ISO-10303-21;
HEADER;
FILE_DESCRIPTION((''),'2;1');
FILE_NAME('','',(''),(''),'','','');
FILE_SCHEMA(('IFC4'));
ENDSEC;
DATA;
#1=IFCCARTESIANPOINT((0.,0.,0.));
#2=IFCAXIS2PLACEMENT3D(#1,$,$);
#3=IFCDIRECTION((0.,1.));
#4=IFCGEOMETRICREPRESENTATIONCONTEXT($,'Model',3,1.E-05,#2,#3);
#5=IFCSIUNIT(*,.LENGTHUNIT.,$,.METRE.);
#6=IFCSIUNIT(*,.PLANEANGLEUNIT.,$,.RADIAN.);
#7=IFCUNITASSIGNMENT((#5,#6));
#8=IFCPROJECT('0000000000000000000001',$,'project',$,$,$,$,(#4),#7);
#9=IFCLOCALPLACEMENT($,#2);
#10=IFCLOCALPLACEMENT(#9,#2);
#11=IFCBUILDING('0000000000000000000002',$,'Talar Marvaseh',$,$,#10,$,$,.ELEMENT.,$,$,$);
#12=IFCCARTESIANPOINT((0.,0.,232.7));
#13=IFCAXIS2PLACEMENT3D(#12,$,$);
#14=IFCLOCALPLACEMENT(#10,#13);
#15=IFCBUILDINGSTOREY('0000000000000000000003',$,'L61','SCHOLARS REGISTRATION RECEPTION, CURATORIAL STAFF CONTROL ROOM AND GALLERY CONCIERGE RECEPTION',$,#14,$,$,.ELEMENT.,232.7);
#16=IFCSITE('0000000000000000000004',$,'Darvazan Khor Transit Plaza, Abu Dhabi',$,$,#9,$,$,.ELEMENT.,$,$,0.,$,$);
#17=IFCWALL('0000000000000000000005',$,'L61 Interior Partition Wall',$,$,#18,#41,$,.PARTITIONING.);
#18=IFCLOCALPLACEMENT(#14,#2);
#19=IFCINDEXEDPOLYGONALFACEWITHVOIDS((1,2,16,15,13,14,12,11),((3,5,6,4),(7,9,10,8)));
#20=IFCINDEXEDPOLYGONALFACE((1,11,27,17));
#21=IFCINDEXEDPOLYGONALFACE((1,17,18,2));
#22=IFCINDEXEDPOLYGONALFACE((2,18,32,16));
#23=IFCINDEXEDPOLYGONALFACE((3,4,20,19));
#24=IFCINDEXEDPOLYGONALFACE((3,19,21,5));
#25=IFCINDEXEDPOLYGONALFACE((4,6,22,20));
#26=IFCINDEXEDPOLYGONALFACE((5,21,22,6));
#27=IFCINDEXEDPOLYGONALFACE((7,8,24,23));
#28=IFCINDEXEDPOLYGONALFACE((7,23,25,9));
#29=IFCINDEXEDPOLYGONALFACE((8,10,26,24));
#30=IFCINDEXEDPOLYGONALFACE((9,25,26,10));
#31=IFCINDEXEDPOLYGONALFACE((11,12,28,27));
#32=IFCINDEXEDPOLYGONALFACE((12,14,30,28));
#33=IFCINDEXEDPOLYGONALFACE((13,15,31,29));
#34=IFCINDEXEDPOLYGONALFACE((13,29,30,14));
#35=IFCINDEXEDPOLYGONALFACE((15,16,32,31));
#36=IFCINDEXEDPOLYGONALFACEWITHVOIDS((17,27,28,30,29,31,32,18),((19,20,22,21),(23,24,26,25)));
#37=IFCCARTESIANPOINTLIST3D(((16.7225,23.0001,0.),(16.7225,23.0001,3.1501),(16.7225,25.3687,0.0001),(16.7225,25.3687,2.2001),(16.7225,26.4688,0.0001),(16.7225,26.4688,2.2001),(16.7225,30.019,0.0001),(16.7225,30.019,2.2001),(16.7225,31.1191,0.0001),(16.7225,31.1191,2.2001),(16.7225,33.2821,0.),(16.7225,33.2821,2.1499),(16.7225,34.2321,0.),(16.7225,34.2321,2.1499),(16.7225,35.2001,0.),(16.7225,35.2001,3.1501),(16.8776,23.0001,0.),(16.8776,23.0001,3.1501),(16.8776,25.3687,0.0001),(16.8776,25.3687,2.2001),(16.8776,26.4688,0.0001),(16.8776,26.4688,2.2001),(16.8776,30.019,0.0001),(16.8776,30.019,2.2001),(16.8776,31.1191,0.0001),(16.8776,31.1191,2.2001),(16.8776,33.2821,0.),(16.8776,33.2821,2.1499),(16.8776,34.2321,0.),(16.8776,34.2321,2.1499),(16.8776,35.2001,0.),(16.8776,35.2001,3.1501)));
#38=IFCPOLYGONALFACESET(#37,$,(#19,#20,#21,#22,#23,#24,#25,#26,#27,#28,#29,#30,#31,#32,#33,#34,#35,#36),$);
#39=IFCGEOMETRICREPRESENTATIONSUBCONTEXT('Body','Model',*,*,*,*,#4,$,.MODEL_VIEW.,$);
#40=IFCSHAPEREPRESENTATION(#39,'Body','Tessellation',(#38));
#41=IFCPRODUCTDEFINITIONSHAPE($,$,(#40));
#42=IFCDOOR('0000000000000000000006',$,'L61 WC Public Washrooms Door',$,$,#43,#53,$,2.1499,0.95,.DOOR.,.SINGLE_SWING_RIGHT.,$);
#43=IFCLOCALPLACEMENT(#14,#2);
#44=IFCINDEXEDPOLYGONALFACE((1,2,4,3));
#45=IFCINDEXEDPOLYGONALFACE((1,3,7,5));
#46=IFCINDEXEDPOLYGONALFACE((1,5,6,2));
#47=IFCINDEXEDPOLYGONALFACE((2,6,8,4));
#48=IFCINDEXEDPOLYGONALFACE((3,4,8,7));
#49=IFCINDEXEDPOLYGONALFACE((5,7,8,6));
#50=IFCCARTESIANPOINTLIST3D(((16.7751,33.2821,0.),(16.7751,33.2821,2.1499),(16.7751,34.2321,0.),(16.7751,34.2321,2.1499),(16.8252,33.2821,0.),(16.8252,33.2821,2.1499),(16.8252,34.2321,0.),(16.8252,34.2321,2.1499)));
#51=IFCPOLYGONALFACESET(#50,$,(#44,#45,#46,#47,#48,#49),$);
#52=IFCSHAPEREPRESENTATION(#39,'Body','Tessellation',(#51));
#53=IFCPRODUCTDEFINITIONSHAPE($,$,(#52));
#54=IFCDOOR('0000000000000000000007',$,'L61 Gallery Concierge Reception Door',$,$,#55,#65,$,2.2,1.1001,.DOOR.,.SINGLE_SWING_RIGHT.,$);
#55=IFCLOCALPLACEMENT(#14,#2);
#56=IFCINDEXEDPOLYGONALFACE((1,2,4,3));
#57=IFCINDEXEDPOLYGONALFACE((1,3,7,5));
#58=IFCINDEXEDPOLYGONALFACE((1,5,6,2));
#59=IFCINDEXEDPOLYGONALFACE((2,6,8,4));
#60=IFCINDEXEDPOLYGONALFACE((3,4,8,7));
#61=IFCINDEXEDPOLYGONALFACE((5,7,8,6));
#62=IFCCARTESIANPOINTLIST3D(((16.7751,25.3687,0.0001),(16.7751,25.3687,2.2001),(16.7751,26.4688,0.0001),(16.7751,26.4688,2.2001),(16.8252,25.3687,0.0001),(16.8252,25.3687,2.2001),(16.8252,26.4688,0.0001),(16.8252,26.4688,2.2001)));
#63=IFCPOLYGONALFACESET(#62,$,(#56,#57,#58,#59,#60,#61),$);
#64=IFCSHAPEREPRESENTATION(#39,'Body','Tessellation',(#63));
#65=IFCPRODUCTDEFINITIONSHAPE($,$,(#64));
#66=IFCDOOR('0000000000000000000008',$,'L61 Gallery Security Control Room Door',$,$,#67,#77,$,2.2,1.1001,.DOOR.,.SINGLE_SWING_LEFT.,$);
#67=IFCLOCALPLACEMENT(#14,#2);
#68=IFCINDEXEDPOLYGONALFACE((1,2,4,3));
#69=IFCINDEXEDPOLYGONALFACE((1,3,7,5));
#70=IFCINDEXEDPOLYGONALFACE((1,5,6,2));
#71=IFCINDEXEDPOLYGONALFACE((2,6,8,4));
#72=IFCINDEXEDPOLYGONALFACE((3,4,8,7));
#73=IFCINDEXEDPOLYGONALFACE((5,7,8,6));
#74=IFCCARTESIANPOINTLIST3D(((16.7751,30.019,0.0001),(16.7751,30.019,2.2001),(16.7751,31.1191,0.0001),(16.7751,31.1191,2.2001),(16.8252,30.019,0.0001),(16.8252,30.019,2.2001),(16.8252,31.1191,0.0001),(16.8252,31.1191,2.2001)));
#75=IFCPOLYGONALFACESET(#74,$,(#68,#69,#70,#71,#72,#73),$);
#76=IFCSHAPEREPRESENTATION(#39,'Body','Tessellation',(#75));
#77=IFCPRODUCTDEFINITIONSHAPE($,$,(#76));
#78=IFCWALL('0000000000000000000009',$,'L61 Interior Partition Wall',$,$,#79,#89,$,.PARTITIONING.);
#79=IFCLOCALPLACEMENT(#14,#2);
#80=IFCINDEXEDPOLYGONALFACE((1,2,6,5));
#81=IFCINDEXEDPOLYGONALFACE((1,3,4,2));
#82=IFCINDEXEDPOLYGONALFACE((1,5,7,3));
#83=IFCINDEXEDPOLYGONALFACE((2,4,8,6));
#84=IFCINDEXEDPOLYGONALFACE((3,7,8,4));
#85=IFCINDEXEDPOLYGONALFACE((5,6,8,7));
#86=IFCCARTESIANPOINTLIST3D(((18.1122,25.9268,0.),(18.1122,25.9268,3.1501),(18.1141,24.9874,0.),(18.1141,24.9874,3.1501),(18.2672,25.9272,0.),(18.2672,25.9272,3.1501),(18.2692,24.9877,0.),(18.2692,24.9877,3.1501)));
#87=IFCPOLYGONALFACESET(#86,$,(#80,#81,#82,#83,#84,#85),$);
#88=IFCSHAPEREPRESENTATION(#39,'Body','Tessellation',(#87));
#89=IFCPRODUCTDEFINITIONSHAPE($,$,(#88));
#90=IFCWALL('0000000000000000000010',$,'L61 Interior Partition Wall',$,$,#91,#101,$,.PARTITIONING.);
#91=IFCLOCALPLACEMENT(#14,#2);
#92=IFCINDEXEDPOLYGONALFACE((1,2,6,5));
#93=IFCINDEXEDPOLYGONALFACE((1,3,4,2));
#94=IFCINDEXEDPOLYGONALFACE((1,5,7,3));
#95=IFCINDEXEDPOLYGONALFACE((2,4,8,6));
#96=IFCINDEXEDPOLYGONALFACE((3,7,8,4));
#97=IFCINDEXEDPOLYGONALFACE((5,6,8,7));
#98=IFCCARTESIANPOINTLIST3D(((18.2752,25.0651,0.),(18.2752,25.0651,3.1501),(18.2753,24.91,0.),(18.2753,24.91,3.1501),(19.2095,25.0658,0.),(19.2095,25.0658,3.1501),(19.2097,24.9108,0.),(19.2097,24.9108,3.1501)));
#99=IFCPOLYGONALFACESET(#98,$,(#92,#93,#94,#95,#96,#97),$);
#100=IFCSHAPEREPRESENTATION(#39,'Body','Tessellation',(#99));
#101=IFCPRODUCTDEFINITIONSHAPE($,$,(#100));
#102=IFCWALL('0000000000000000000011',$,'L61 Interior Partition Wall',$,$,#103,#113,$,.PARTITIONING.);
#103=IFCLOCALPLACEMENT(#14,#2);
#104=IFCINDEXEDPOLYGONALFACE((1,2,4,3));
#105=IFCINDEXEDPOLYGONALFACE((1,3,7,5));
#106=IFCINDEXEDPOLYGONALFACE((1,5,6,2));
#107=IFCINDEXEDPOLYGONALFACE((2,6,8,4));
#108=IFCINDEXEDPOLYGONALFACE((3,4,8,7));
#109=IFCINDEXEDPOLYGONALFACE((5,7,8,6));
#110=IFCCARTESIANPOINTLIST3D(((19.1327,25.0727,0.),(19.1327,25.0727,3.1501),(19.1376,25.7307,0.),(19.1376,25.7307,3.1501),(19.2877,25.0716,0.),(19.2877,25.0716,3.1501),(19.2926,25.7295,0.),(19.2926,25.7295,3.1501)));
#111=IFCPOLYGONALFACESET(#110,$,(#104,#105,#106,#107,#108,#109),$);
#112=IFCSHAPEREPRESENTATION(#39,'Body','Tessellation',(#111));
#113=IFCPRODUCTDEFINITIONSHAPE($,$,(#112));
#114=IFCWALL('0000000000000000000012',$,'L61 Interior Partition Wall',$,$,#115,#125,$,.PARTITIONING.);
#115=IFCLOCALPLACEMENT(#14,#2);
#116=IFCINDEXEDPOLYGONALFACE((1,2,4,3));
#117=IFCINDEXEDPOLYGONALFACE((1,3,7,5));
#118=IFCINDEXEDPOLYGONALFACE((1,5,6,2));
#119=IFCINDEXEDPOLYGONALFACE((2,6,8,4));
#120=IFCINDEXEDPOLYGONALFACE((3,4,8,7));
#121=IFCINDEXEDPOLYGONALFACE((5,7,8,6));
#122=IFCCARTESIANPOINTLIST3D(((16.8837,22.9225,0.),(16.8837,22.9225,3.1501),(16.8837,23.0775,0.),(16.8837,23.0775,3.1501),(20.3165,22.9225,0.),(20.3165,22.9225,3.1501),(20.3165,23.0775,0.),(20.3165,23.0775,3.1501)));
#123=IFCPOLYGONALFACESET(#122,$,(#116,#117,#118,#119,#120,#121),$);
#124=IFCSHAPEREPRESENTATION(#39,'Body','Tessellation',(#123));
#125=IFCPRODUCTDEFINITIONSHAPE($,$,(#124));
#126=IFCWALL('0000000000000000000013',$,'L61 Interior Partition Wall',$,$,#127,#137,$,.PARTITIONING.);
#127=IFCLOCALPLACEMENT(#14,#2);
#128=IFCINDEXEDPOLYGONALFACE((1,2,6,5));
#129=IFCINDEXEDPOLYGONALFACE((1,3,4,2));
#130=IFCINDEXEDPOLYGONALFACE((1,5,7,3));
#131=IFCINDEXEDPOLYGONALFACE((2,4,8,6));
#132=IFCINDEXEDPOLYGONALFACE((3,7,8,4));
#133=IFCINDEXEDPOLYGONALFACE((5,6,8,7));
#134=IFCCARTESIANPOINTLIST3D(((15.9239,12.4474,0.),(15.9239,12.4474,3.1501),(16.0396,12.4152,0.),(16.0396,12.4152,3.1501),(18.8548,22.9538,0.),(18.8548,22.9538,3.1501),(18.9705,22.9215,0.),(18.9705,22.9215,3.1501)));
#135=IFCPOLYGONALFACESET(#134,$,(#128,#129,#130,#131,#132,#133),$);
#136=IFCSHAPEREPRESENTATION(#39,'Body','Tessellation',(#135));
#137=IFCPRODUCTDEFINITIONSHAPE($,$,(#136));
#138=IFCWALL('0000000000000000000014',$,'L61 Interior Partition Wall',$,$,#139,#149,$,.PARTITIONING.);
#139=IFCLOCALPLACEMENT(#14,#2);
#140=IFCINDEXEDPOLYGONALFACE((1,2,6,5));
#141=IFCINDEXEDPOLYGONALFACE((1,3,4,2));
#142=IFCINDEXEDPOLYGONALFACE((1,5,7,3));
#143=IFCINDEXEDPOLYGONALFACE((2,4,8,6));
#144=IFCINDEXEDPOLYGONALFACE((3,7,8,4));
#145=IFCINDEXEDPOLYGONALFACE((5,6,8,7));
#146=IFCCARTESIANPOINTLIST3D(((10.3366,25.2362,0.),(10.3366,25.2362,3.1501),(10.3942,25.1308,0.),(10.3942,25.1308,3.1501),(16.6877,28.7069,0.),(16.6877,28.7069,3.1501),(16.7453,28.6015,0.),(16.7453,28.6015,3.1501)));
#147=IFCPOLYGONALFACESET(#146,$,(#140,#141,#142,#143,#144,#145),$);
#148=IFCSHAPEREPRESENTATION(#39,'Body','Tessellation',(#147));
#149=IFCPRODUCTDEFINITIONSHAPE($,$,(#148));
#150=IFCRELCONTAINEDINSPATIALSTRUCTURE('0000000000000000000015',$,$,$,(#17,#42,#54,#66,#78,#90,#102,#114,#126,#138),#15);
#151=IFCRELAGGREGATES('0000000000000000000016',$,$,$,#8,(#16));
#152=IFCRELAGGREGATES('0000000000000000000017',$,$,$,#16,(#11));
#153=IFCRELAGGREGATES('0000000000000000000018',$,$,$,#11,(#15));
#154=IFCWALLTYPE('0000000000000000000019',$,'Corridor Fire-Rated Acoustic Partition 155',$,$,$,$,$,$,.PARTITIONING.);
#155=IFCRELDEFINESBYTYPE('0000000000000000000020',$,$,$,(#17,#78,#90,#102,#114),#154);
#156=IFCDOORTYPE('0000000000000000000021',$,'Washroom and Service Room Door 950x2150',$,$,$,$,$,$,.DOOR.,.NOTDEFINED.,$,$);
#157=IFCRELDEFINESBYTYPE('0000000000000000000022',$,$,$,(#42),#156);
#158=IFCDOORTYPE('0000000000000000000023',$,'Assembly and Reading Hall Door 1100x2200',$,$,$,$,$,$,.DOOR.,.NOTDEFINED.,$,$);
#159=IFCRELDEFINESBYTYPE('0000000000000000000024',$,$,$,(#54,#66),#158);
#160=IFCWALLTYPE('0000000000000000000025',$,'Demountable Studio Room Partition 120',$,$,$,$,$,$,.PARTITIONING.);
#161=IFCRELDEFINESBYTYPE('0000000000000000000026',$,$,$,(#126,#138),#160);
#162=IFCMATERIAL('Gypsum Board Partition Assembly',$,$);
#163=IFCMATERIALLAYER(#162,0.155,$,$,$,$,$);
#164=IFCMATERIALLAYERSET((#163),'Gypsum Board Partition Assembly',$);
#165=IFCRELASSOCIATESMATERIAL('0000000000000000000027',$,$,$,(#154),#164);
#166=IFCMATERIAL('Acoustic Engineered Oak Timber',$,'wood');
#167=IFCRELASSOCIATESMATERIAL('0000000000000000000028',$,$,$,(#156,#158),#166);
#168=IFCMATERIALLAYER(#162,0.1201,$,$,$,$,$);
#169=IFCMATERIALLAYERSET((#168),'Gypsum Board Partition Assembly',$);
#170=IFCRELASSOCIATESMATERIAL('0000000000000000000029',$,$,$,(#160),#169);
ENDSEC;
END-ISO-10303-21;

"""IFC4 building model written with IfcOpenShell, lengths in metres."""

from ifc_helpers import new_model, si_unit, direction, frame, frame_2d, origin, place, context, subcontext, project, spatial, rectangle, extrude, source, transform, mapped, material, layer, layer_set, type_object, type_shapes, element, fill, save


model = new_model("IFC4")

# Units and contexts
model_context = context("Model", 3, precision=1e-05, world=origin(), true_north=direction((0.0, 1.0)))
body_context = subcontext(model_context, "Body", "Model", "MODEL_VIEW")
ifc_project = project(units=[si_unit("LENGTHUNIT", "METRE"), si_unit("PLANEANGLEUNIT", "RADIAN")], contexts=[model_context])

# Site, building, storey
site_placement = place(None, origin())
site = spatial("IfcSite", under=ifc_project, at=site_placement, Name="Darvazan Khor Transit Plaza, Abu Dhabi", CompositionType="ELEMENT", RefElevation=0.0)
building_placement = place(site_placement, origin())
building = spatial("IfcBuilding", under=site, at=building_placement, Name="Talar Marvaseh", CompositionType="ELEMENT")
storey_placement = place(building_placement, frame((0.0, 0.0, 232.7)))
storey = spatial("IfcBuildingStorey", under=building, at=storey_placement, Name="L61", Description="SCHOLARS REGISTRATION RECEPTION, CURATORIAL STAFF CONTROL ROOM AND GALLERY CONCIERGE RECEPTION", CompositionType="ELEMENT", Elevation=232.7)

# Wall, openings, doors
ifc_material_1 = material(Name="Gypsum Board Partition Assembly")
ifc_layer_1 = layer(ifc_material_1, 0.155)
ifc_layer_set_1 = layer_set([ifc_layer_1], Name="Gypsum Board Partition Assembly")
wall_type_1 = type_object("IfcWallType", Name="Corridor Fire-Rated Acoustic Partition 155", PredefinedType="PARTITIONING", material=ifc_layer_set_1)
wall_1_placement = place(storey_placement, frame((16.8, 23.0, 0.0), z_axis=(0.0, 0.0, 1.0), x_axis=(0.0, 1.0, 0.0)))
wall_1 = element("IfcWall", 1, at=wall_1_placement, inside=storey, type_object=wall_type_1, Name="L61 Interior Partition Wall", PredefinedType="PARTITIONING", context=body_context, shape_type="SweptSolid", body=[
    extrude(rectangle(XDim=12.2, YDim=0.155, at=frame_2d((6.1001, 0.0))), origin(), (0.0, 0.0, 1.0), 3.1501),
])
opening_1_placement = place(wall_1_placement, frame((2.3687, 0.0, 0.0)))
opening_1 = element("IfcOpeningElement", 2, at=opening_1_placement, cuts=wall_1, PredefinedType="OPENING", context=body_context, shape_type="SweptSolid", body=[
    extrude(rectangle(XDim=1.1001, YDim=2.2, at=frame_2d((0.55, 1.1001))), frame((0.0, 0.0874, 0.0), z_axis=(0.0, -1.0, 0.0), x_axis=(1.0, 0.0, 0.0)), (0.0, 0.0, 1.0), 0.175),
])
opening_2_placement = place(wall_1_placement, frame((10.282, 0.0, 0.0)))
opening_2 = element("IfcOpeningElement", 3, at=opening_2_placement, cuts=wall_1, PredefinedType="OPENING", context=body_context, shape_type="SweptSolid", body=[
    extrude(rectangle(XDim=0.95, YDim=2.1499, at=frame_2d((0.4751, 1.075))), frame((0.0, 0.0874, 0.0), z_axis=(0.0, -1.0, 0.0), x_axis=(1.0, 0.0, 0.0)), (0.0, 0.0, 1.0), 0.175),
])
opening_3_placement = place(wall_1_placement, frame((7.019, 0.0, 0.0)))
opening_3 = element("IfcOpeningElement", 4, at=opening_3_placement, cuts=wall_1, PredefinedType="OPENING", context=body_context, shape_type="SweptSolid", body=[
    extrude(rectangle(XDim=1.1001, YDim=2.2, at=frame_2d((0.55, 1.1001))), frame((0.0, 0.0874, 0.0), z_axis=(0.0, -1.0, 0.0), x_axis=(1.0, 0.0, 0.0)), (0.0, 0.0, 1.0), 0.175),
])
ifc_material_2 = material(Name="Acoustic Engineered Oak Timber", Category="wood")
door_type_1 = type_object("IfcDoorType", Name="Washroom and Service Room Door 950x2150", OperationType="NOTDEFINED", PredefinedType="DOOR", material=ifc_material_2)
shared_shape_1 = source(origin(), body_context, "Body", "SweptSolid", [
    extrude(rectangle(XDim=0.95, YDim=2.1499, at=frame_2d((0.4751, 1.075))), frame((0.0, 0.0249, 0.0), z_axis=(0.0, -1.0, 0.0), x_axis=(1.0, 0.0, 0.0)), (0.0, 0.0, 1.0), 0.05),
])
type_shapes(door_type_1, [shared_shape_1])
door_1_placement = place(opening_2_placement, origin())
door_1 = element("IfcDoor", 5, at=door_1_placement, inside=storey, type_object=door_type_1, Name="L61 WC Public Washrooms Door", OperationType="SINGLE_SWING_RIGHT", OverallHeight=2.1499, OverallWidth=0.95, PredefinedType="DOOR", context=body_context, shape_type="MappedRepresentation", body=[
    mapped(shared_shape_1, transform((0.0, 0.0, 0.0), x_axis=(1.0, 0.0, 0.0), y_axis=(0.0, 1.0, 0.0), z_axis=(0.0, 0.0, 1.0), scale=1.0)),
])
fill(opening_2, door_1)
door_type_2 = type_object("IfcDoorType", Name="Assembly and Reading Hall Door 1100x2200", OperationType="NOTDEFINED", PredefinedType="DOOR", material=ifc_material_2)
shared_shape_2 = source(origin(), body_context, "Body", "SweptSolid", [
    extrude(rectangle(XDim=1.1001, YDim=2.2, at=frame_2d((0.55, 1.1001))), frame((0.0, 0.0249, 0.0), z_axis=(0.0, -1.0, 0.0), x_axis=(1.0, 0.0, 0.0)), (0.0, 0.0, 1.0), 0.05),
])
type_shapes(door_type_2, [shared_shape_2])
door_2_placement = place(opening_1_placement, origin())
door_2 = element("IfcDoor", 6, at=door_2_placement, inside=storey, type_object=door_type_2, Name="L61 Gallery Concierge Reception Door", OperationType="SINGLE_SWING_RIGHT", OverallHeight=2.2, OverallWidth=1.1001, PredefinedType="DOOR", context=body_context, shape_type="MappedRepresentation", body=[
    mapped(shared_shape_2, transform((0.0, 0.0, 0.0), x_axis=(1.0, 0.0, 0.0), y_axis=(0.0, 1.0, 0.0), z_axis=(0.0, 0.0, 1.0), scale=1.0)),
])
fill(opening_1, door_2)
door_3_placement = place(opening_3_placement, origin())
door_3 = element("IfcDoor", 7, at=door_3_placement, inside=storey, type_object=door_type_2, Name="L61 Gallery Security Control Room Door", OperationType="SINGLE_SWING_LEFT", OverallHeight=2.2, OverallWidth=1.1001, PredefinedType="DOOR", context=body_context, shape_type="MappedRepresentation", body=[
    mapped(shared_shape_2, transform((0.0, 0.0, 0.0), x_axis=(1.0, 0.0, 0.0), y_axis=(0.0, 1.0, 0.0), z_axis=(0.0, 0.0, 1.0), scale=1.0)),
])
fill(opening_3, door_3)

# Walls
wall_2_placement = place(storey_placement, frame((18.1897, 25.927, 0.0), z_axis=(0.0, 0.0, 1.0), x_axis=(0.002079, -0.999998, 0.0)))
element("IfcWall", 8, at=wall_2_placement, inside=storey, type_object=wall_type_1, Name="L61 Interior Partition Wall", PredefinedType="PARTITIONING", context=body_context, shape_type="SweptSolid", body=[
    extrude(rectangle(XDim=0.9395, YDim=0.155, at=frame_2d((0.4697, 0.0))), origin(), (0.0, 0.0, 1.0), 3.1501),
])
wall_3_placement = place(storey_placement, frame((18.2751, 24.9875, 0.0), z_axis=(0.0, 0.0, 1.0), x_axis=(1.0, 0.000784, 0.0)))
element("IfcWall", 9, at=wall_3_placement, inside=storey, type_object=wall_type_1, Name="L61 Interior Partition Wall", PredefinedType="PARTITIONING", context=body_context, shape_type="SweptSolid", body=[
    extrude(rectangle(XDim=0.9343, YDim=0.155, at=frame_2d((0.4673, 0.0))), origin(), (0.0, 0.0, 1.0), 3.1501),
])
wall_4_placement = place(storey_placement, frame((19.2102, 25.072, 0.0), z_axis=(0.0, 0.0, 1.0), x_axis=(0.007421, 0.999972, 0.0)))
element("IfcWall", 10, at=wall_4_placement, inside=storey, type_object=wall_type_1, Name="L61 Interior Partition Wall", PredefinedType="PARTITIONING", context=body_context, shape_type="SweptSolid", body=[
    extrude(rectangle(XDim=0.658, YDim=0.155, at=frame_2d((0.3291, 0.0))), origin(), (0.0, 0.0, 1.0), 3.1501),
])
wall_5_placement = place(storey_placement, frame((20.3164, 23.0, 0.0), z_axis=(0.0, 0.0, 1.0), x_axis=(-1.0, 0.0, 0.0)))
element("IfcWall", 11, at=wall_5_placement, inside=storey, type_object=wall_type_1, Name="L61 Interior Partition Wall", PredefinedType="PARTITIONING", context=body_context, shape_type="SweptSolid", body=[
    extrude(rectangle(XDim=3.4329, YDim=0.155, at=frame_2d((1.7163, 0.0))), origin(), (0.0, 0.0, 1.0), 3.1501),
])
ifc_layer_2 = layer(ifc_material_1, 0.1201)
ifc_layer_set_2 = layer_set([ifc_layer_2], Name="Gypsum Board Partition Assembly")
wall_type_2 = type_object("IfcWallType", Name="Demountable Studio Room Partition 120", PredefinedType="PARTITIONING", material=ifc_layer_set_2)
wall_6_placement = place(storey_placement, frame((18.9126, 22.9375, 0.0), z_axis=(0.0, 0.0, 1.0), x_axis=(-0.268706, -0.963222, 0.0)))
element("IfcWall", 12, at=wall_6_placement, inside=storey, type_object=wall_type_2, Name="L61 Interior Partition Wall", PredefinedType="PARTITIONING", context=body_context, shape_type="SweptSolid", body=[
    extrude(rectangle(XDim=10.9075, YDim=0.1201, at=frame_2d((5.4536, 0.0))), origin(), (0.0, 0.0, 1.0), 3.1501),
])
wall_7_placement = place(storey_placement, frame((10.3655, 25.1836, 0.0), z_axis=(0.0, 0.0, 1.0), x_axis=(0.877519, 0.479542, 0.0)))
element("IfcWall", 13, at=wall_7_placement, inside=storey, type_object=wall_type_2, Name="L61 Interior Partition Wall", PredefinedType="PARTITIONING", context=body_context, shape_type="SweptSolid", body=[
    extrude(rectangle(XDim=7.2375, YDim=0.1201, at=frame_2d((3.6187, 0.0))), origin(), (0.0, 0.0, 1.0), 3.1501),
])

save(model, "model.ifc")
